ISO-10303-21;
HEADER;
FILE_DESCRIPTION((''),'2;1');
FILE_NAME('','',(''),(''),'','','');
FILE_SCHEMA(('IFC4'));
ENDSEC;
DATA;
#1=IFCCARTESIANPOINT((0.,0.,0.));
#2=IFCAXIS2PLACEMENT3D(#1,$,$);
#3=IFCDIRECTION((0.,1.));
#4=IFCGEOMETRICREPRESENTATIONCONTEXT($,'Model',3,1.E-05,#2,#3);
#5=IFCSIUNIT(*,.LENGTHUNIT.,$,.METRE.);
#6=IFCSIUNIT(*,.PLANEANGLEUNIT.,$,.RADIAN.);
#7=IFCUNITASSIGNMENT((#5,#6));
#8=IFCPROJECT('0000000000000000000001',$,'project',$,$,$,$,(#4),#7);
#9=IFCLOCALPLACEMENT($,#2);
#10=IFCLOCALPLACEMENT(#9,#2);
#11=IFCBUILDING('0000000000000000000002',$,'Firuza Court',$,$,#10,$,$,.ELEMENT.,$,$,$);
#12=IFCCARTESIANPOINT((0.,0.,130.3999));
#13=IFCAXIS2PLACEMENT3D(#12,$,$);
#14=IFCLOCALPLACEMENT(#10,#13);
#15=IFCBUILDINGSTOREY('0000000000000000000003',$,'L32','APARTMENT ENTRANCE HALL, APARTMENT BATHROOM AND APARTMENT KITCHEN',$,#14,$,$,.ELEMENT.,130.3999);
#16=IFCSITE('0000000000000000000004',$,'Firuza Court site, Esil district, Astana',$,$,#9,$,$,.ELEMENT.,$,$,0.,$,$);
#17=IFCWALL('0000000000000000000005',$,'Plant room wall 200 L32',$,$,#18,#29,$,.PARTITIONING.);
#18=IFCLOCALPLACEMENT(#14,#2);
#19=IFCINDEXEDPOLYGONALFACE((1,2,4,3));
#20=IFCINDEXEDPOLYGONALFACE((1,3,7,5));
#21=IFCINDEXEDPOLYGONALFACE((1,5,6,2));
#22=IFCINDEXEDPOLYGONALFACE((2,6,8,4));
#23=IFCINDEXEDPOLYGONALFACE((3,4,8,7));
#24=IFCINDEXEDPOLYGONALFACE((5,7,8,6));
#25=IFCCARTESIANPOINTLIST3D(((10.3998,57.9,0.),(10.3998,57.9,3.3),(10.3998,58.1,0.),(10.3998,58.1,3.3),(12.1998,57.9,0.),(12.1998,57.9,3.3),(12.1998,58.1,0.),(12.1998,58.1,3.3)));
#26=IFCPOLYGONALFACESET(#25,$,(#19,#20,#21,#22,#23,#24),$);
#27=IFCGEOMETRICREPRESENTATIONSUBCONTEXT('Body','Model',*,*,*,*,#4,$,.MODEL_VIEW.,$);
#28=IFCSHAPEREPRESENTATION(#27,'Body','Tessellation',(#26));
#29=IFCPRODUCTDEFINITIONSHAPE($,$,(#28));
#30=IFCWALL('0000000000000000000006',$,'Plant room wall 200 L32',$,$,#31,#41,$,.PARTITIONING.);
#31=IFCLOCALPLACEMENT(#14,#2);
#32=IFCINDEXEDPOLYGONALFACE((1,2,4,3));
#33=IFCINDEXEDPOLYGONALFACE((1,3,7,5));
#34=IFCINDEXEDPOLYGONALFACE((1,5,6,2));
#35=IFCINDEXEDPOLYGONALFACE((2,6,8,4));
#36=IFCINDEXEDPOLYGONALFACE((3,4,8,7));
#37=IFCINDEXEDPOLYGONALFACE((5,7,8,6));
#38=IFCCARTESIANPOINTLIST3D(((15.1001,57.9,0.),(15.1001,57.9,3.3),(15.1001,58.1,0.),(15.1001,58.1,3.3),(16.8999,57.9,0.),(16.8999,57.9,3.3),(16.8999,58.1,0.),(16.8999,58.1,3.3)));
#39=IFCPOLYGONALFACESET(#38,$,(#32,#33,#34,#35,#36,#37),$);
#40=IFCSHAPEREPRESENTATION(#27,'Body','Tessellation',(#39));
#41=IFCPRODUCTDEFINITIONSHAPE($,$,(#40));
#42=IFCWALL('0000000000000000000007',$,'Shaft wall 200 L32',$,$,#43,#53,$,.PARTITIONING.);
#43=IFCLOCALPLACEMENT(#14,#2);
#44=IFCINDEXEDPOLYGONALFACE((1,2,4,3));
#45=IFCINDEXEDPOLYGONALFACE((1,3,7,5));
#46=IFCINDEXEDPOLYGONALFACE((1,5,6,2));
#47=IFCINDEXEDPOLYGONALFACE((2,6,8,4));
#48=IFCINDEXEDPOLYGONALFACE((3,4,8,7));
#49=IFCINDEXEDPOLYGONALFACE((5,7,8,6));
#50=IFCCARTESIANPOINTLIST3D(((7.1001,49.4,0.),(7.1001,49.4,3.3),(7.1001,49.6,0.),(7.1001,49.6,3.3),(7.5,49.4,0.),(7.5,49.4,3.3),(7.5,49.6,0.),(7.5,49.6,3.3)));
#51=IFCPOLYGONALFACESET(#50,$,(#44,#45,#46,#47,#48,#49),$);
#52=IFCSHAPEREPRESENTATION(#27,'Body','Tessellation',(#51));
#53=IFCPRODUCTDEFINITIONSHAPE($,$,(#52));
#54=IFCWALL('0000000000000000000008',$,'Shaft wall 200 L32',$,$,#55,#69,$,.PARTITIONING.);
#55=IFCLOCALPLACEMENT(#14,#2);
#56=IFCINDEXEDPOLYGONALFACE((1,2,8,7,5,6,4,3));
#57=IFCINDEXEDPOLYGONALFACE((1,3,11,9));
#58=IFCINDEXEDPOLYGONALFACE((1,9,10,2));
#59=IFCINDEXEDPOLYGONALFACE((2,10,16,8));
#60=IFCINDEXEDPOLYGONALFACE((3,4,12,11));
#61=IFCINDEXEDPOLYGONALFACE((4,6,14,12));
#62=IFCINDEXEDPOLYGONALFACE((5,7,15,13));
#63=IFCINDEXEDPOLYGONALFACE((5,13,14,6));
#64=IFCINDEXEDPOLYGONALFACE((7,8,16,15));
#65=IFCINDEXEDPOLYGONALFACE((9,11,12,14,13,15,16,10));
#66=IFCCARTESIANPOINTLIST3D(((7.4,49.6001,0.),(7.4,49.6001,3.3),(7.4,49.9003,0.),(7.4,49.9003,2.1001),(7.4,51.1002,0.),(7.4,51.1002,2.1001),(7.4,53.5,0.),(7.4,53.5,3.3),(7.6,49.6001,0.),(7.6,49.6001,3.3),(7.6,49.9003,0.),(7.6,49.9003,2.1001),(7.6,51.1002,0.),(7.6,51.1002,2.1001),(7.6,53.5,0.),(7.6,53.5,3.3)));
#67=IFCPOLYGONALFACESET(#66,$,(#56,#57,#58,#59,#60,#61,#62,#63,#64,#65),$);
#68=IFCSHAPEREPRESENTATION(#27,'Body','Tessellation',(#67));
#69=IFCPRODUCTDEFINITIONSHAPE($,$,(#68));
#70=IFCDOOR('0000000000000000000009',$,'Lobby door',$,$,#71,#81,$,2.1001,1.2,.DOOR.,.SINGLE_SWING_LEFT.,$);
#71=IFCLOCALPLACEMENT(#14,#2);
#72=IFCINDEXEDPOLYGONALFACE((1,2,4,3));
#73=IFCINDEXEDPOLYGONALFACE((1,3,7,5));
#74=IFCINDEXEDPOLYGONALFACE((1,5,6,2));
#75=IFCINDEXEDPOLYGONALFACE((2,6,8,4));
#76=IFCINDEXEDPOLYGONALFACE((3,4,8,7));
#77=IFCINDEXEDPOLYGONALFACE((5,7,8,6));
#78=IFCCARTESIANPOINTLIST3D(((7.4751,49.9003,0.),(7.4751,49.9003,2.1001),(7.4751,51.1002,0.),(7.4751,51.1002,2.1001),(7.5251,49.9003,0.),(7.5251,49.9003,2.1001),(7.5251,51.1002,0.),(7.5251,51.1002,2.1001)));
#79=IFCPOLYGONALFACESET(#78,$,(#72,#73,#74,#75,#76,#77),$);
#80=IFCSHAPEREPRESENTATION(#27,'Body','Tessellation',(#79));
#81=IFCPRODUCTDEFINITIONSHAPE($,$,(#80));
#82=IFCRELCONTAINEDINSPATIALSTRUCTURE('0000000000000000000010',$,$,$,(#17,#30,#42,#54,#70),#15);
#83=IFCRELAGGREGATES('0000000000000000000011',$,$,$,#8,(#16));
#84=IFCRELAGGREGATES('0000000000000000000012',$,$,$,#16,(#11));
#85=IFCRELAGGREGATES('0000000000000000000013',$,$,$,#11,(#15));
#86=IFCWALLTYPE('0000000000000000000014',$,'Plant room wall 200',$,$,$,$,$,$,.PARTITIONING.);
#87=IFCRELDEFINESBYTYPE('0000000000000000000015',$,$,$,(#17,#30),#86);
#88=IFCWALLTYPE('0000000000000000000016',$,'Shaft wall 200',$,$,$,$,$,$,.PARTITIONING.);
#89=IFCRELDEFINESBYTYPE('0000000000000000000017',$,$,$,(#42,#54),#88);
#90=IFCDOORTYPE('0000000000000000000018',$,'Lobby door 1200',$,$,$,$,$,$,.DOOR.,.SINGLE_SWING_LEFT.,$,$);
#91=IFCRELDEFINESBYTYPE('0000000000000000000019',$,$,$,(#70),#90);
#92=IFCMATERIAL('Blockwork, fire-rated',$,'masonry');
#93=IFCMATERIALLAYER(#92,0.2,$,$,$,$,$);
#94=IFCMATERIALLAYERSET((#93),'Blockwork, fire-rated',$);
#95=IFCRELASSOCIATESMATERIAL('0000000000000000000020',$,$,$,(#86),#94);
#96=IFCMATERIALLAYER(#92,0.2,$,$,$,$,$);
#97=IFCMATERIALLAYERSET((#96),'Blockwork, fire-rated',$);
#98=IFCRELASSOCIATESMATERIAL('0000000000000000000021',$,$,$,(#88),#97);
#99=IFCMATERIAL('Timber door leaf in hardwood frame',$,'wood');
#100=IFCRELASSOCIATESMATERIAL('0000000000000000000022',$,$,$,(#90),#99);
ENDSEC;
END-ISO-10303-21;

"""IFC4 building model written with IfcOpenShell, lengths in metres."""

from ifc_helpers import new_model, si_unit, direction, frame, frame_2d, origin, place, context, subcontext, project, spatial, rectangle, extrude, material, layer, layer_set, type_object, element, fill, save


model = new_model("IFC4")

# Units and contexts
model_context = context("Model", 3, precision=1e-05, world=origin(), true_north=direction((0.0, 1.0)))
body_context = subcontext(model_context, "Body", "Model", "MODEL_VIEW")
ifc_project = project(units=[si_unit("LENGTHUNIT", "METRE"), si_unit("PLANEANGLEUNIT", "RADIAN")], contexts=[model_context])

# Site, building, storey
site_placement = place(None, origin())
site = spatial("IfcSite", under=ifc_project, at=site_placement, Name="Firuza Court site, Esil district, Astana", CompositionType="ELEMENT", RefElevation=0.0)
building_placement = place(site_placement, origin())
building = spatial("IfcBuilding", under=site, at=building_placement, Name="Firuza Court", CompositionType="ELEMENT")
storey_placement = place(building_placement, frame((0.0, 0.0, 130.3999)))
storey = spatial("IfcBuildingStorey", under=building, at=storey_placement, Name="L32", Description="APARTMENT ENTRANCE HALL, APARTMENT BATHROOM AND APARTMENT KITCHEN", CompositionType="ELEMENT", Elevation=130.3999)

# Shared definitions
ifc_material_1 = material(Name="Blockwork, fire-rated", Category="masonry")
ifc_layer_1 = layer(ifc_material_1, 0.2)
ifc_layer_set_1 = layer_set([ifc_layer_1], Name="Blockwork, fire-rated")
wall_type_1 = type_object("IfcWallType", Name="Plant room wall 200", PredefinedType="PARTITIONING", material=ifc_layer_set_1)

# Walls
wall_1_placement = place(storey_placement, frame((10.3999, 58.0, 0.0), z_axis=(0.0, 0.0, 1.0), x_axis=(1.0, 0.0, 0.0)))
element("IfcWall", 1, at=wall_1_placement, inside=storey, type_object=wall_type_1, Name="Plant room wall 200 L32", PredefinedType="PARTITIONING", context=body_context, shape_type="SweptSolid", body=[
    extrude(rectangle(XDim=1.8, YDim=0.2, at=frame_2d((0.8999, 0.0))), origin(), (0.0, 0.0, 1.0), 3.3),
])
wall_2_placement = place(storey_placement, frame((15.1001, 58.0, 0.0), z_axis=(0.0, 0.0, 1.0), x_axis=(1.0, 0.0, 0.0)))
element("IfcWall", 2, at=wall_2_placement, inside=storey, type_object=wall_type_1, Name="Plant room wall 200 L32", PredefinedType="PARTITIONING", context=body_context, shape_type="SweptSolid", body=[
    extrude(rectangle(XDim=1.7998, YDim=0.2, at=frame_2d((0.8999, 0.0))), origin(), (0.0, 0.0, 1.0), 3.3),
])
ifc_layer_2 = layer(ifc_material_1, 0.2)
ifc_layer_set_2 = layer_set([ifc_layer_2], Name="Blockwork, fire-rated")
wall_type_2 = type_object("IfcWallType", Name="Shaft wall 200", PredefinedType="PARTITIONING", material=ifc_layer_set_2)
wall_3_placement = place(storey_placement, frame((7.1001, 49.5, 0.0), z_axis=(0.0, 0.0, 1.0), x_axis=(1.0, 0.0, 0.0)))
element("IfcWall", 3, at=wall_3_placement, inside=storey, type_object=wall_type_2, Name="Shaft wall 200 L32", PredefinedType="PARTITIONING", context=body_context, shape_type="SweptSolid", body=[
    extrude(rectangle(XDim=0.3999, YDim=0.2, at=frame_2d((0.2, 0.0))), origin(), (0.0, 0.0, 1.0), 3.3),
])

# Wall, opening, door
wall_4_placement = place(storey_placement, frame((7.5, 49.6001, 0.0), z_axis=(0.0, 0.0, 1.0), x_axis=(0.0, 1.0, 0.0)))
wall_4 = element("IfcWall", 4, at=wall_4_placement, inside=storey, type_object=wall_type_2, Name="Shaft wall 200 L32", PredefinedType="PARTITIONING", context=body_context, shape_type="SweptSolid", body=[
    extrude(rectangle(XDim=3.8999, YDim=0.2, at=frame_2d((1.95, 0.0))), origin(), (0.0, 0.0, 1.0), 3.3),
])
opening_1_placement = place(wall_4_placement, frame((0.3, 0.0, 0.0)))
opening_1 = element("IfcOpeningElement", 5, at=opening_1_placement, cuts=wall_4, PredefinedType="OPENING", context=body_context, shape_type="SweptSolid", body=[
    extrude(rectangle(XDim=1.2, YDim=2.1001, at=frame_2d((0.6001, 1.05))), frame((0.0, 0.1118, 0.0), z_axis=(0.0, -1.0, 0.0), x_axis=(1.0, 0.0, 0.0)), (0.0, 0.0, 1.0), 0.2239),
])
ifc_material_2 = material(Name="Timber door leaf in hardwood frame", Category="wood")
door_type_1 = type_object("IfcDoorType", Name="Lobby door 1200", OperationType="SINGLE_SWING_LEFT", PredefinedType="DOOR", material=ifc_material_2)
door_1_placement = place(opening_1_placement, origin())
door_1 = element("IfcDoor", 6, at=door_1_placement, inside=storey, type_object=door_type_1, Name="Lobby door", OperationType="SINGLE_SWING_LEFT", OverallHeight=2.1001, OverallWidth=1.2, PredefinedType="DOOR", context=body_context, shape_type="SweptSolid", body=[
    extrude(rectangle(XDim=1.2, YDim=2.1001, at=frame_2d((0.6001, 1.05))), frame((0.0, 0.0249, 0.0), z_axis=(0.0, -1.0, 0.0), x_axis=(1.0, 0.0, 0.0)), (0.0, 0.0, 1.0), 0.05),
])
fill(opening_1, door_1)

save(model, "model.ifc")
